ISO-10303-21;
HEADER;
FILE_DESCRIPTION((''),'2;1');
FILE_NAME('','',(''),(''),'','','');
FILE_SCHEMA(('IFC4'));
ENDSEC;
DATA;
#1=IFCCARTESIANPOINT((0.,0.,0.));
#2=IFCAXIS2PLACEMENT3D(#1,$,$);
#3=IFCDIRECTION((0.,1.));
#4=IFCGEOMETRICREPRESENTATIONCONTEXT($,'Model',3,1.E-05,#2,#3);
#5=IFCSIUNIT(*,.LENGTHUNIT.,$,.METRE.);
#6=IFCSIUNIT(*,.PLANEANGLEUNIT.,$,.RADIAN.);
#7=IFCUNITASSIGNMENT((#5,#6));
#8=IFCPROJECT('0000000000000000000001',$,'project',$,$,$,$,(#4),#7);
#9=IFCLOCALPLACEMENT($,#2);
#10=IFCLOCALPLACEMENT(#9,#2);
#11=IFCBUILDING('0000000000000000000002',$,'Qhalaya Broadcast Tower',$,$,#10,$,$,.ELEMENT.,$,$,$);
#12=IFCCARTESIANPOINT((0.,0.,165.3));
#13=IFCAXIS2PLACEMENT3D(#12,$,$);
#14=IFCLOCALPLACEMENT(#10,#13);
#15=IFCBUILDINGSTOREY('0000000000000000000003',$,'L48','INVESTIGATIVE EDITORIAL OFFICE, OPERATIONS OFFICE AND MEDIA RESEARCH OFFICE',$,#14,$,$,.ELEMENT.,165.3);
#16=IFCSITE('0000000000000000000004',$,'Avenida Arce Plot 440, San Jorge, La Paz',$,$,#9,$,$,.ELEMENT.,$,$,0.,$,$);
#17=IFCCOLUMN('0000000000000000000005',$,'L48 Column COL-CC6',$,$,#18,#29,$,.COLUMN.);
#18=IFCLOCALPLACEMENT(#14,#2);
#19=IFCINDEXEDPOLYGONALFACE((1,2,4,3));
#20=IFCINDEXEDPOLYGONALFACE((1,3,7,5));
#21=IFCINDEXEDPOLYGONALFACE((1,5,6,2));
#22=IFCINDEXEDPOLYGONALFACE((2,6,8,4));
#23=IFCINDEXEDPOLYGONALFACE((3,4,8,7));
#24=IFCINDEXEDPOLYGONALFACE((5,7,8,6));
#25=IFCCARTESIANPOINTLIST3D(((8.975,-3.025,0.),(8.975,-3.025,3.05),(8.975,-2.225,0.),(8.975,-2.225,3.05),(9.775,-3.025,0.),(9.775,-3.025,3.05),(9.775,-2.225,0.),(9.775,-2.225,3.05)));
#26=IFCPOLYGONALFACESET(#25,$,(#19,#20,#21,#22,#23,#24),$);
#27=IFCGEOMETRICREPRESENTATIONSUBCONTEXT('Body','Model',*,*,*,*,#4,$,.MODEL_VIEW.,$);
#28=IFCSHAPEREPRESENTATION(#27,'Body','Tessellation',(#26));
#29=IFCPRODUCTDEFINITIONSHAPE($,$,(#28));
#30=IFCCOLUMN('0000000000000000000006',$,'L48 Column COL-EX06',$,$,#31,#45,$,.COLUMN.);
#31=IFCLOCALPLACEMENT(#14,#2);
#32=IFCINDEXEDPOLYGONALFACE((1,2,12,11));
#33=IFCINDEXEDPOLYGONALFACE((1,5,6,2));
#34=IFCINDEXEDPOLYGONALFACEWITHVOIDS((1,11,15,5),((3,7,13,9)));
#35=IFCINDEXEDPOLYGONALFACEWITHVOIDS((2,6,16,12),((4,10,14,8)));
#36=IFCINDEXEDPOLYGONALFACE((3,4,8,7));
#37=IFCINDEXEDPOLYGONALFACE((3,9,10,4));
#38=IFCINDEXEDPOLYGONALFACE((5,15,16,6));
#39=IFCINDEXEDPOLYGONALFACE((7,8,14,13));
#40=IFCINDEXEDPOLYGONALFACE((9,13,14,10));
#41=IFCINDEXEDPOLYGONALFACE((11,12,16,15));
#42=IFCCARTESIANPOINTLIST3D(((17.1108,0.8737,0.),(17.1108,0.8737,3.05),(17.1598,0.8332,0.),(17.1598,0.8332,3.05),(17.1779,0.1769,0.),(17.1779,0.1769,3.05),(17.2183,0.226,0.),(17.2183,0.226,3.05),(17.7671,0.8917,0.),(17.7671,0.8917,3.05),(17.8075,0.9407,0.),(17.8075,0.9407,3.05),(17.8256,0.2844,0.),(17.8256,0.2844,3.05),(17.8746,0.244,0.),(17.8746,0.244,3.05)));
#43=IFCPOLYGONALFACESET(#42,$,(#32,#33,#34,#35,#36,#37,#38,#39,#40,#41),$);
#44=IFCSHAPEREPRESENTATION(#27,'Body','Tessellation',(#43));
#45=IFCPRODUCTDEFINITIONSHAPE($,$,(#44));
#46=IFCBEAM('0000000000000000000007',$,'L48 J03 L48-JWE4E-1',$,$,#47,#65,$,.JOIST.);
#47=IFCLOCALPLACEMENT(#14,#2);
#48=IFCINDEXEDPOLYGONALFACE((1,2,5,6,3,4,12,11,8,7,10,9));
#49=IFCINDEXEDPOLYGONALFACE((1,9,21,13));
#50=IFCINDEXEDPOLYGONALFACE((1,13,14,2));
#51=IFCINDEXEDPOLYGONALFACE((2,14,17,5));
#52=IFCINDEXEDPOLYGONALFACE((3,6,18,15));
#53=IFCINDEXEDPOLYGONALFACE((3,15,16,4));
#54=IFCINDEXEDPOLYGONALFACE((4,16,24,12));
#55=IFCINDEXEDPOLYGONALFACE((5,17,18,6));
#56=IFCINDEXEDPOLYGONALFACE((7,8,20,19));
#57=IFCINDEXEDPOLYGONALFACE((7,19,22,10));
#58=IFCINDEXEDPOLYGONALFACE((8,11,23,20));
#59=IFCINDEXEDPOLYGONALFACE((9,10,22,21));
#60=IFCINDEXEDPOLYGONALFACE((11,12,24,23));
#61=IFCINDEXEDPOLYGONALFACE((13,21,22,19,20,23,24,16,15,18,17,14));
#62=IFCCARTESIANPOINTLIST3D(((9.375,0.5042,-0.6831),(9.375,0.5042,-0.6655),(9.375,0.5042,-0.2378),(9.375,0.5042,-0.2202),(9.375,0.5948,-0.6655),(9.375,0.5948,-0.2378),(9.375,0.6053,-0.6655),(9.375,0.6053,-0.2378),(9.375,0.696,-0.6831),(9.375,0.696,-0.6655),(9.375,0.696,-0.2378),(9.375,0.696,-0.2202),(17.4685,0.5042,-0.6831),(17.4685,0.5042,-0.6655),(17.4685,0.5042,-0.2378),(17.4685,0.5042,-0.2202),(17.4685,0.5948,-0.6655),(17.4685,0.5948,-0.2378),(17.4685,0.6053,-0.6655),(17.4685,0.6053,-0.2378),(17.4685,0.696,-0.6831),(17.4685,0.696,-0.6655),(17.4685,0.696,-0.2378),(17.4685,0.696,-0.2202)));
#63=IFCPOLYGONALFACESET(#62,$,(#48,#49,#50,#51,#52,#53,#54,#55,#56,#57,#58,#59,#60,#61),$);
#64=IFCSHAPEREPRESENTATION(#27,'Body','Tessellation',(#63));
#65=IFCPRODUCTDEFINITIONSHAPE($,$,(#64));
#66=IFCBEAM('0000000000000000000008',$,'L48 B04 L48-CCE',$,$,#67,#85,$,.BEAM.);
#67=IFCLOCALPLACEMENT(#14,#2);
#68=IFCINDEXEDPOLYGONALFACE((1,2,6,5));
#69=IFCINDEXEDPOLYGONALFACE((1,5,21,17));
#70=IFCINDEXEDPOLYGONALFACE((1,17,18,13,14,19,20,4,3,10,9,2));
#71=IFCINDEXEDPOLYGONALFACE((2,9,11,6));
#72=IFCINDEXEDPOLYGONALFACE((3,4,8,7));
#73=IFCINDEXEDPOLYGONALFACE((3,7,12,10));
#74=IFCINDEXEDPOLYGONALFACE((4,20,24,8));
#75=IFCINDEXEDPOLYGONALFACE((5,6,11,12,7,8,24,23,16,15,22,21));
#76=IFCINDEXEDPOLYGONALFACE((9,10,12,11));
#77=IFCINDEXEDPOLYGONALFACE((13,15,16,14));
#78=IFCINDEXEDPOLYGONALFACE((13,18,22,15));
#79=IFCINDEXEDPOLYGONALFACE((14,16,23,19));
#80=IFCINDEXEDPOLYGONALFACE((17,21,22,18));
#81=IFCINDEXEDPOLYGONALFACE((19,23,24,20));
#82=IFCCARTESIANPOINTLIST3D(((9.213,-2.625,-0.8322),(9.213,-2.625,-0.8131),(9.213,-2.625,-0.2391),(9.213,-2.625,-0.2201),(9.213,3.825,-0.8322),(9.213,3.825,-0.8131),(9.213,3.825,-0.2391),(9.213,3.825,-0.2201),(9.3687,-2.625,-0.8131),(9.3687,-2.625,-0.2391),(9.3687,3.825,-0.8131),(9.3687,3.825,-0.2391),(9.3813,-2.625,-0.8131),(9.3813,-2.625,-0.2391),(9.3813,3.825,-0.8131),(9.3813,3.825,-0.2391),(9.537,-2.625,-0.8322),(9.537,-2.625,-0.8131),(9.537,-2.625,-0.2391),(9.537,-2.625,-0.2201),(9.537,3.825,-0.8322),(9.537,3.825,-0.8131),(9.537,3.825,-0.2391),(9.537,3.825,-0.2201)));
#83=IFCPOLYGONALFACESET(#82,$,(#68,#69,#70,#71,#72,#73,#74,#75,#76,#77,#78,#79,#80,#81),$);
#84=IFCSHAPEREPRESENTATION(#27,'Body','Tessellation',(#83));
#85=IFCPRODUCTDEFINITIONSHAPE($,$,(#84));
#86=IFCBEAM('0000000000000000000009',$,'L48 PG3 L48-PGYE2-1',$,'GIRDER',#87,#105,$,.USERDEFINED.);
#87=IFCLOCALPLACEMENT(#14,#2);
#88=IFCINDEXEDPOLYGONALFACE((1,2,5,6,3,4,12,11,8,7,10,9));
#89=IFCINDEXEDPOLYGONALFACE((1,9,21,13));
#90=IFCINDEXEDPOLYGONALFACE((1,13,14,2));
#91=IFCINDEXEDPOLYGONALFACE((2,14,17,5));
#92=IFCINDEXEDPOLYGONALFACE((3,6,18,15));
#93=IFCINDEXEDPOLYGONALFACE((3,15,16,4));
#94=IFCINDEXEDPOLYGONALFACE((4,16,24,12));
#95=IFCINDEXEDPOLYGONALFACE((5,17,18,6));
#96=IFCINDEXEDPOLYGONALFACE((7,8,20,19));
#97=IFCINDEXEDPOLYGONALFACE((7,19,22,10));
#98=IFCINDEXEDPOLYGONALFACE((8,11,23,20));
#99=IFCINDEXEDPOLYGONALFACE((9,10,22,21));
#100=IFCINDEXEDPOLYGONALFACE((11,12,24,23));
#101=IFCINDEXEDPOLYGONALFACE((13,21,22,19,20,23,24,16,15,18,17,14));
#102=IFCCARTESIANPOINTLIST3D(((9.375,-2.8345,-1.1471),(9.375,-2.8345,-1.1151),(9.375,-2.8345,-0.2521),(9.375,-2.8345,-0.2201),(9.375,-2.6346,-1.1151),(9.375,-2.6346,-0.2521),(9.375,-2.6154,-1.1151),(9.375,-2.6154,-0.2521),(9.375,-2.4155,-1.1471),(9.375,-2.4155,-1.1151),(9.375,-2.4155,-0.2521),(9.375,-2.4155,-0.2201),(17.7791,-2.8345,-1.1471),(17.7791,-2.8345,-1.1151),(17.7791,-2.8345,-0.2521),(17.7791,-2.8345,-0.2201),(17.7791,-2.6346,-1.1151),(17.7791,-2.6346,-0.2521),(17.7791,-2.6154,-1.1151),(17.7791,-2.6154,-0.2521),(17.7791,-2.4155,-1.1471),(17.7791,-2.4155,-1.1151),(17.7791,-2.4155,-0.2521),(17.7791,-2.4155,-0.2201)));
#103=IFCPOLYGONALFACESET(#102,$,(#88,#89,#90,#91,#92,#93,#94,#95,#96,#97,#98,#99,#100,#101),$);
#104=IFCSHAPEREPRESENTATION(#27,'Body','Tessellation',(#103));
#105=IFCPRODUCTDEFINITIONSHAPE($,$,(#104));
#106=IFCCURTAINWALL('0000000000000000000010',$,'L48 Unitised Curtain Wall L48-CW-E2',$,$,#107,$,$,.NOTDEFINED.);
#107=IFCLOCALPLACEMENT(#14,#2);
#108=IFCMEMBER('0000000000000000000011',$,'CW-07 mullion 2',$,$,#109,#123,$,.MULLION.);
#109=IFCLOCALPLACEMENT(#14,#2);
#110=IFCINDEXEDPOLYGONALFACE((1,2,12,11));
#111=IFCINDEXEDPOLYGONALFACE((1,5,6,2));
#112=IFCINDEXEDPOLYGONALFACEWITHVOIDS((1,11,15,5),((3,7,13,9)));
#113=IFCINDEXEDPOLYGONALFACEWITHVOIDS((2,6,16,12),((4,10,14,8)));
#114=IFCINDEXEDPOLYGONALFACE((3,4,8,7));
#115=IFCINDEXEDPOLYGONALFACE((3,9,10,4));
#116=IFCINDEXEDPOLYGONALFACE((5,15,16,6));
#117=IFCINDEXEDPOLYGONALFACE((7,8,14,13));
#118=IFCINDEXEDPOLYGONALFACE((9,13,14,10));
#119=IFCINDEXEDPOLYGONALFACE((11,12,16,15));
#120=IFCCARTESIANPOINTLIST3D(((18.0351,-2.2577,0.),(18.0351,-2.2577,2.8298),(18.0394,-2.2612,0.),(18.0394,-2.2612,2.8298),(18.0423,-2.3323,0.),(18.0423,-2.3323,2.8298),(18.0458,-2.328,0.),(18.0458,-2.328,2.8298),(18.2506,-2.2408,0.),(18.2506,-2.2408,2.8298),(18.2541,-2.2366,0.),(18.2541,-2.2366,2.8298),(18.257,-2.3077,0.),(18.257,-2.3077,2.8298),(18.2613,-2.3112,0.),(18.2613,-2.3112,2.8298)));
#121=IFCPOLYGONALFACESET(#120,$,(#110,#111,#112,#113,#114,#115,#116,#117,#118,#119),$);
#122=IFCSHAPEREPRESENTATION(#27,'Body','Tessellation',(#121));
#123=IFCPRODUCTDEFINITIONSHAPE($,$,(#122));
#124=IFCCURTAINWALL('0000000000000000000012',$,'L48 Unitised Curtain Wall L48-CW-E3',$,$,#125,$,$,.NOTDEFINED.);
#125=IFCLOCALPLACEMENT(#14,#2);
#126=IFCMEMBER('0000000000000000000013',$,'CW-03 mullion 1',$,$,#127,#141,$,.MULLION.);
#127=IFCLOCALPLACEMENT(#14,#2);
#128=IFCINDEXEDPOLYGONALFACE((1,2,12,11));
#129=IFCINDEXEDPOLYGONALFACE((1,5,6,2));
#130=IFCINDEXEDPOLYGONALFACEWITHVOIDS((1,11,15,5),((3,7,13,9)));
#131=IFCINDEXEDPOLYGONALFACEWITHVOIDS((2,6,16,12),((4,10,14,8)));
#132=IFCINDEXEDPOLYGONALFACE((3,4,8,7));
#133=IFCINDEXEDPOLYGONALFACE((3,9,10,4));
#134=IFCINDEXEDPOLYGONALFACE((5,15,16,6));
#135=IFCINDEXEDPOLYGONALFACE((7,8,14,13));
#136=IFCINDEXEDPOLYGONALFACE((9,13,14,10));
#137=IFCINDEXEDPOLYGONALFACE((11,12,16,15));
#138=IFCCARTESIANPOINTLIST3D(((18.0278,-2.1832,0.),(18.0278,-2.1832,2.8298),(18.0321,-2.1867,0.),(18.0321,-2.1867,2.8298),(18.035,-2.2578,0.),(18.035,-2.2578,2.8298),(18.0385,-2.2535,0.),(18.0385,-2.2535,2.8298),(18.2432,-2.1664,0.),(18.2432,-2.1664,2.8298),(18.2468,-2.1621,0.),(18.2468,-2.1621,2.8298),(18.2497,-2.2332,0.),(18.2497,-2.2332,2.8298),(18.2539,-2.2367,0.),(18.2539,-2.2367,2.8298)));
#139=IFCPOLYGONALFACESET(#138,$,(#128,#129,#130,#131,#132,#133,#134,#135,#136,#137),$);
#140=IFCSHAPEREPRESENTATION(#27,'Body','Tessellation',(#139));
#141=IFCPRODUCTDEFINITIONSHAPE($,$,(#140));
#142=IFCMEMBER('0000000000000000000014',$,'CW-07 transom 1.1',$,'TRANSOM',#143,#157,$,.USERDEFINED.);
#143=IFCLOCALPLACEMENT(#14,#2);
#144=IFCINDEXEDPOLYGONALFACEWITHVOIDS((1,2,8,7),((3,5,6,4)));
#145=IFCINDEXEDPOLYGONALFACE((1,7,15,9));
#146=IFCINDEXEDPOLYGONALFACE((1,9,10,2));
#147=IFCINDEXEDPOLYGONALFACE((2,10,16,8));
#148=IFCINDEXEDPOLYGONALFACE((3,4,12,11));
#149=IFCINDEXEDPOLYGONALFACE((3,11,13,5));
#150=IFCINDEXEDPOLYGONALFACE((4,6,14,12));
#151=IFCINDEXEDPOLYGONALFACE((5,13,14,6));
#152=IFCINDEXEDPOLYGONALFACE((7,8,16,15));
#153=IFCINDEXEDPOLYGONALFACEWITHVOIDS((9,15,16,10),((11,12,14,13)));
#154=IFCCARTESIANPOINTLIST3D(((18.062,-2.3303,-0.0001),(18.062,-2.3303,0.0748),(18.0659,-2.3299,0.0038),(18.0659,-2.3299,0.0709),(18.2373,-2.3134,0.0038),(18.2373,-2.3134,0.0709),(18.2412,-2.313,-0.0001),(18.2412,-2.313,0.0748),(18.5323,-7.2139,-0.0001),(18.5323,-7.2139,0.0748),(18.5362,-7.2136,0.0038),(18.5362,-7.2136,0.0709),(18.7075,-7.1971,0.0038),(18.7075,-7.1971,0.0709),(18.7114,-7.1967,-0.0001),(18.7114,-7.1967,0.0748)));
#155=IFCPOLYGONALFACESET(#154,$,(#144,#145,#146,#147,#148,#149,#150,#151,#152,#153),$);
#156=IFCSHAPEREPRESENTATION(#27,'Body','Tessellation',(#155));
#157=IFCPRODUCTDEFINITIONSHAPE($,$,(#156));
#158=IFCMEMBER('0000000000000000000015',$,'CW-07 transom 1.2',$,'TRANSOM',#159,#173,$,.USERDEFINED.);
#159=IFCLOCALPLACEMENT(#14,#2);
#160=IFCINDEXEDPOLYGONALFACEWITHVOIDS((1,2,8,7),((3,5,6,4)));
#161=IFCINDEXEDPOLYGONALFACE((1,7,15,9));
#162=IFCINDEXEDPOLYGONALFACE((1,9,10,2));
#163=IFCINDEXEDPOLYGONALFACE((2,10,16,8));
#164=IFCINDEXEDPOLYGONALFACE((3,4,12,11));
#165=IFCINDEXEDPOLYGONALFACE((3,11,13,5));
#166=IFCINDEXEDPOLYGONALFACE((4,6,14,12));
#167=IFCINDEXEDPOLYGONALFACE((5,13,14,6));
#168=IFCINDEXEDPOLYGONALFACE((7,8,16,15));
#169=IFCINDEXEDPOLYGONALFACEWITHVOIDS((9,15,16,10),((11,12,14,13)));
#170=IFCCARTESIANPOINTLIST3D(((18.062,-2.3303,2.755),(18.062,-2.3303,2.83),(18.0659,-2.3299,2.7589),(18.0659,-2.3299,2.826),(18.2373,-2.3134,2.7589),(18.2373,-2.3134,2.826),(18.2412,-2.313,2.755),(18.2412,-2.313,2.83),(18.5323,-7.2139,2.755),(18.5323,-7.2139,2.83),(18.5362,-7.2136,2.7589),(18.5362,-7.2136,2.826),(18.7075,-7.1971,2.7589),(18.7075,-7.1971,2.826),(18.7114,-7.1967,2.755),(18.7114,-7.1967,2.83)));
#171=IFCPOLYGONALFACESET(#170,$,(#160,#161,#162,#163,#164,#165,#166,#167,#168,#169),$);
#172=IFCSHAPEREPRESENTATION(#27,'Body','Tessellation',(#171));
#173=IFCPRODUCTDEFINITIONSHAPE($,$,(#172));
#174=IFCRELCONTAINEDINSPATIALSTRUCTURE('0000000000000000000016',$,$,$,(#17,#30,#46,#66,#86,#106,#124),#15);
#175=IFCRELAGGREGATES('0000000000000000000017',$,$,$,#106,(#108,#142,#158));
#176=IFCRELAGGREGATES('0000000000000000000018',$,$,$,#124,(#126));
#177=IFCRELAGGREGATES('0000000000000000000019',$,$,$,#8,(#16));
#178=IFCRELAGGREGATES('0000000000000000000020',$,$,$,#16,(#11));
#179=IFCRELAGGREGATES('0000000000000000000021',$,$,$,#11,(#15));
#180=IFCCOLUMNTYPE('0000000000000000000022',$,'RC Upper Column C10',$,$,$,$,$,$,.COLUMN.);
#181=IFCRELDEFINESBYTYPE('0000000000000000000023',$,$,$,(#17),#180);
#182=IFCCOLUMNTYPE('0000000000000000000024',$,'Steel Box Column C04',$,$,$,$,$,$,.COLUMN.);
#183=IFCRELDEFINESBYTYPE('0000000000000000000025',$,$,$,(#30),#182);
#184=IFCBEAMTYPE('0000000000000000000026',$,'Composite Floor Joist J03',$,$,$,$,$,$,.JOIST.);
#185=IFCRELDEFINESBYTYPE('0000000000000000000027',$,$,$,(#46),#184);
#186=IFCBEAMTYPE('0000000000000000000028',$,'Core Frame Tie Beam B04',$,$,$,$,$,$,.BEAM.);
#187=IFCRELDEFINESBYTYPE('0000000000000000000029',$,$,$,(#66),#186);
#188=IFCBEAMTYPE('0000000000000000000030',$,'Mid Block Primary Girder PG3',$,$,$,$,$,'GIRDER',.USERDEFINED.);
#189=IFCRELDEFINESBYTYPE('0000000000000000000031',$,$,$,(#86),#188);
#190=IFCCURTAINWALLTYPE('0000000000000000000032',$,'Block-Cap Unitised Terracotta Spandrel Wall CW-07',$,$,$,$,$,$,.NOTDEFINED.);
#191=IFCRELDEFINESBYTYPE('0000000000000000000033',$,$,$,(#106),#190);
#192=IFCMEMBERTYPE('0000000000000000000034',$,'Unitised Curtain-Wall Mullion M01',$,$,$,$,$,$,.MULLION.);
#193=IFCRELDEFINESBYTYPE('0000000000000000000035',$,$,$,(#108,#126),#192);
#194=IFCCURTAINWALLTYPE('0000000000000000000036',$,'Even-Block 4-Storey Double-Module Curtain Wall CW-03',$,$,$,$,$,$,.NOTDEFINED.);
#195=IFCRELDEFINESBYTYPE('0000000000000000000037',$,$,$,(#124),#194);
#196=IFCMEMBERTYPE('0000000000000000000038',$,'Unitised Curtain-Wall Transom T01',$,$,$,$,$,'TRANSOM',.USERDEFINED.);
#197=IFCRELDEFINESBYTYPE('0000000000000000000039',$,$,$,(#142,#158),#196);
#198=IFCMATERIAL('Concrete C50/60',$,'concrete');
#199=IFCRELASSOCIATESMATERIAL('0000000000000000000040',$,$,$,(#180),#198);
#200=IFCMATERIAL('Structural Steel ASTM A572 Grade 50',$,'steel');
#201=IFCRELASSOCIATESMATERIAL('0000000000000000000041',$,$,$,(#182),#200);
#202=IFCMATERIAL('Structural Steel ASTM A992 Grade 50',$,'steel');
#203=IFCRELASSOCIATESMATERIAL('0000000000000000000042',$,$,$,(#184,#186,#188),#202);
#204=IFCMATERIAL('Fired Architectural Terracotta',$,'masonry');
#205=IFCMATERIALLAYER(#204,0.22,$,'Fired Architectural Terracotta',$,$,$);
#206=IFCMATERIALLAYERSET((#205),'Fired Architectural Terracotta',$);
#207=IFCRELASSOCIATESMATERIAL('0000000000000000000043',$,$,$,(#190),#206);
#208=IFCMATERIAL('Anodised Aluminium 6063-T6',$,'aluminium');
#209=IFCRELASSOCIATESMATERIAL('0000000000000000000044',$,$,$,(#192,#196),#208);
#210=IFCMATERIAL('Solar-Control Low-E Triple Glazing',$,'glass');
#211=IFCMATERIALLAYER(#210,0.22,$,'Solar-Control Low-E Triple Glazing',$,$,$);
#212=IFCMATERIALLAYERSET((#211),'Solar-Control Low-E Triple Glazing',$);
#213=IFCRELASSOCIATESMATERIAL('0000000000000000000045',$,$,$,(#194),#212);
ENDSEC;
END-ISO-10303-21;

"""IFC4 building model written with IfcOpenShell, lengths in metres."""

from ifc_helpers import new_model, si_unit, direction, frame, origin, origin_2d, place, context, subcontext, project, spatial, rectangle, hollow_rectangle, i_section, extrude, material, layer, layer_set, material_profile, profile_set, type_object, element, aggregate, save


model = new_model("IFC4")

# Units and contexts
model_context = context("Model", 3, precision=1e-05, world=origin(), true_north=direction((0.0, 1.0)))
body_context = subcontext(model_context, "Body", "Model", "MODEL_VIEW")
ifc_project = project(units=[si_unit("LENGTHUNIT", "METRE"), si_unit("PLANEANGLEUNIT", "RADIAN")], contexts=[model_context])

# Site, building, storey
site_placement = place(None, origin())
site = spatial("IfcSite", under=ifc_project, at=site_placement, Name="Avenida Arce Plot 440, San Jorge, La Paz", CompositionType="ELEMENT", RefElevation=0.0)
building_placement = place(site_placement, origin())
building = spatial("IfcBuilding", under=site, at=building_placement, Name="Qhalaya Broadcast Tower", CompositionType="ELEMENT")
storey_placement = place(building_placement, frame((0.0, 0.0, 165.3)))
storey = spatial("IfcBuildingStorey", under=building, at=storey_placement, Name="L48", Description="INVESTIGATIVE EDITORIAL OFFICE, OPERATIONS OFFICE AND MEDIA RESEARCH OFFICE", CompositionType="ELEMENT", Elevation=165.3)

# Columns
ifc_material_1 = material(Name="Concrete C50/60", Category="concrete")
ifc_material_profile_1 = material_profile(ifc_material_1, rectangle(XDim=0.8, YDim=0.8, at=origin_2d()), Name="RC-COL 800x800")
ifc_profile_set_1 = profile_set([ifc_material_profile_1], Name="Concrete C50/60")
column_type_1 = type_object("IfcColumnType", Name="RC Upper Column C10", PredefinedType="COLUMN", material=ifc_profile_set_1)
column_1_placement = place(storey_placement, frame((9.375, -2.625, 0.0), z_axis=(0.0, 0.0, 1.0), x_axis=(1.0, 0.0, 0.0)))
element("IfcColumn", 1, at=column_1_placement, inside=storey, type_object=column_type_1, Name="L48 Column COL-CC6", PredefinedType="COLUMN", context=body_context, shape_type="SweptSolid", body=[
    extrude(rectangle(XDim=0.8, YDim=0.8, at=origin_2d()), origin(), (0.0, 0.0, 1.0), 3.05),
])
ifc_material_2 = material(Name="Structural Steel ASTM A572 Grade 50", Category="steel")
ifc_material_profile_2 = material_profile(ifc_material_2, hollow_rectangle(XDim=0.7, YDim=0.7, WallThickness=0.0449, at=origin_2d()), Name="BOX 700x700x45")
ifc_profile_set_2 = profile_set([ifc_material_profile_2], Name="Structural Steel ASTM A572 Grade 50")
column_type_2 = type_object("IfcColumnType", Name="Steel Box Column C04", PredefinedType="COLUMN", material=ifc_profile_set_2)
column_2_placement = place(storey_placement, frame((17.4927, 0.5588, 0.0), z_axis=(0.0, 0.0, 1.0), x_axis=(-0.095846, 0.995396, 0.0)))
element("IfcColumn", 2, at=column_2_placement, inside=storey, type_object=column_type_2, Name="L48 Column COL-EX06", PredefinedType="COLUMN", context=body_context, shape_type="SweptSolid", body=[
    extrude(hollow_rectangle(XDim=0.7, YDim=0.7, WallThickness=0.0449, at=origin_2d()), origin(), (0.0, 0.0, 1.0), 3.05),
])

# Beams
ifc_material_3 = material(Name="Structural Steel ASTM A992 Grade 50", Category="steel")
ifc_material_profile_3 = material_profile(ifc_material_3, i_section(OverallWidth=0.1919, OverallDepth=0.4629, WebThickness=0.0105, FlangeThickness=0.0176, at=origin_2d()), Name="W18X60")
ifc_profile_set_3 = profile_set([ifc_material_profile_3], Name="Structural Steel ASTM A992 Grade 50")
beam_type_1 = type_object("IfcBeamType", Name="Composite Floor Joist J03", PredefinedType="JOIST", material=ifc_profile_set_3)
beam_1_placement = place(storey_placement, frame((9.375, 0.6001, -0.4517), z_axis=(1.0, 0.0, 0.0), x_axis=(0.0, 1.0, 0.0)))
element("IfcBeam", 3, at=beam_1_placement, inside=storey, type_object=beam_type_1, Name="L48 J03 L48-JWE4E-1", PredefinedType="JOIST", context=body_context, shape_type="SweptSolid", body=[
    extrude(i_section(OverallWidth=0.1919, OverallDepth=0.4629, WebThickness=0.0105, FlangeThickness=0.0176, at=origin_2d()), origin(), (0.0, 0.0, 1.0), 8.0935),
])
ifc_material_profile_4 = material_profile(ifc_material_3, i_section(OverallWidth=0.324, OverallDepth=0.6121, WebThickness=0.0127, FlangeThickness=0.019, at=origin_2d()), Name="W24X104")
ifc_profile_set_4 = profile_set([ifc_material_profile_4], Name="Structural Steel ASTM A992 Grade 50")
beam_type_2 = type_object("IfcBeamType", Name="Core Frame Tie Beam B04", PredefinedType="BEAM", material=ifc_profile_set_4)
beam_2_placement = place(storey_placement, frame((9.375, -2.625, -0.5261), z_axis=(0.0, 1.0, 0.0), x_axis=(-1.0, 0.0, 0.0)))
element("IfcBeam", 4, at=beam_2_placement, inside=storey, type_object=beam_type_2, Name="L48 B04 L48-CCE", PredefinedType="BEAM", context=body_context, shape_type="SweptSolid", body=[
    extrude(i_section(OverallWidth=0.324, OverallDepth=0.6121, WebThickness=0.0127, FlangeThickness=0.019, at=origin_2d()), origin(), (0.0, 0.0, 1.0), 6.45),
])
ifc_material_profile_5 = material_profile(ifc_material_3, i_section(OverallWidth=0.4189, OverallDepth=0.927, WebThickness=0.0193, FlangeThickness=0.032, at=origin_2d()), Name="W36X231")
ifc_profile_set_5 = profile_set([ifc_material_profile_5], Name="Structural Steel ASTM A992 Grade 50")
beam_type_3 = type_object("IfcBeamType", Name="Mid Block Primary Girder PG3", ElementType="GIRDER", PredefinedType="USERDEFINED", material=ifc_profile_set_5)
beam_3_placement = place(storey_placement, frame((9.375, -2.625, -0.6836), z_axis=(1.0, 0.0, 0.0), x_axis=(0.0, 1.0, 0.0)))
element("IfcBeam", 5, at=beam_3_placement, inside=storey, type_object=beam_type_3, Name="L48 PG3 L48-PGYE2-1", ObjectType="GIRDER", PredefinedType="USERDEFINED", context=body_context, shape_type="SweptSolid", body=[
    extrude(i_section(OverallWidth=0.4189, OverallDepth=0.927, WebThickness=0.0193, FlangeThickness=0.032, at=origin_2d()), origin(), (0.0, 0.0, 1.0), 8.4041),
])

# Curtain walls, members
ifc_material_4 = material(Name="Fired Architectural Terracotta", Category="masonry")
ifc_layer_1 = layer(ifc_material_4, 0.22, Name="Fired Architectural Terracotta")
ifc_layer_set_1 = layer_set([ifc_layer_1], Name="Fired Architectural Terracotta")
curtain_wall_type_1 = type_object("IfcCurtainWallType", Name="Block-Cap Unitised Terracotta Spandrel Wall CW-07", PredefinedType="NOTDEFINED", material=ifc_layer_set_1)
curtain_wall_1_placement = place(storey_placement, origin())
curtain_wall_1 = element("IfcCurtainWall", 6, at=curtain_wall_1_placement, inside=storey, type_object=curtain_wall_type_1, Name="L48 Unitised Curtain Wall L48-CW-E2", PredefinedType="NOTDEFINED")
ifc_material_5 = material(Name="Anodised Aluminium 6063-T6", Category="aluminium")
ifc_material_profile_6 = material_profile(ifc_material_5, hollow_rectangle(XDim=0.075, YDim=0.22, WallThickness=0.0039, at=origin_2d()), Name="ALU-MUL 75x220x4")
ifc_profile_set_6 = profile_set([ifc_material_profile_6], Name="Anodised Aluminium 6063-T6")
member_type_1 = type_object("IfcMemberType", Name="Unitised Curtain-Wall Mullion M01", PredefinedType="MULLION", material=ifc_profile_set_6)
member_1_placement = place(storey_placement, frame((18.1482, -2.2844, 0.0), z_axis=(0.0, 0.0, 1.0), x_axis=(-0.095845, 0.995396, 0.0)))
member_1 = element("IfcMember", 7, at=member_1_placement, type_object=member_type_1, Name="CW-07 mullion 2", PredefinedType="MULLION", context=body_context, shape_type="SweptSolid", body=[
    extrude(hollow_rectangle(XDim=0.075, YDim=0.22, WallThickness=0.0039, at=origin_2d()), origin(), (0.0, 0.0, 1.0), 2.8298),
])
ifc_material_6 = material(Name="Solar-Control Low-E Triple Glazing", Category="glass")
ifc_layer_2 = layer(ifc_material_6, 0.22, Name="Solar-Control Low-E Triple Glazing")
ifc_layer_set_2 = layer_set([ifc_layer_2], Name="Solar-Control Low-E Triple Glazing")
curtain_wall_type_2 = type_object("IfcCurtainWallType", Name="Even-Block 4-Storey Double-Module Curtain Wall CW-03", PredefinedType="NOTDEFINED", material=ifc_layer_set_2)
curtain_wall_2_placement = place(storey_placement, origin())
curtain_wall_2 = element("IfcCurtainWall", 8, at=curtain_wall_2_placement, inside=storey, type_object=curtain_wall_type_2, Name="L48 Unitised Curtain Wall L48-CW-E3", PredefinedType="NOTDEFINED")
member_2_placement = place(storey_placement, frame((18.1409, -2.21, 0.0), z_axis=(0.0, 0.0, 1.0), x_axis=(-0.09584, 0.995397, 0.0)))
member_2 = element("IfcMember", 9, at=member_2_placement, type_object=member_type_1, Name="CW-03 mullion 1", PredefinedType="MULLION", context=body_context, shape_type="SweptSolid", body=[
    extrude(hollow_rectangle(XDim=0.075, YDim=0.22, WallThickness=0.0039, at=origin_2d()), origin(), (0.0, 0.0, 1.0), 2.8298),
])

# Members
ifc_material_profile_7 = material_profile(ifc_material_5, hollow_rectangle(XDim=0.075, YDim=0.1799, WallThickness=0.0039, at=origin_2d()), Name="ALU-TRN 75x180x4")
ifc_profile_set_7 = profile_set([ifc_material_profile_7], Name="Anodised Aluminium 6063-T6")
member_type_2 = type_object("IfcMemberType", Name="Unitised Curtain-Wall Transom T01", ElementType="TRANSOM", PredefinedType="USERDEFINED", material=ifc_profile_set_7)
member_3_placement = place(storey_placement, frame((18.6218, -7.2053, 0.0374), z_axis=(-0.095842, 0.995397, 0.0), x_axis=(0.0, 0.0, 1.0)))
member_3 = element("IfcMember", 10, at=member_3_placement, type_object=member_type_2, Name="CW-07 transom 1.1", ObjectType="TRANSOM", PredefinedType="USERDEFINED", context=body_context, shape_type="SweptSolid", body=[
    extrude(hollow_rectangle(XDim=0.075, YDim=0.1799, WallThickness=0.0039, at=origin_2d()), origin(), (0.0, 0.0, 1.0), 4.9062),
])
member_4_placement = place(storey_placement, frame((18.6218, -7.2053, 2.7925), z_axis=(-0.095842, 0.995397, 0.0), x_axis=(0.0, 0.0, 1.0)))
member_4 = element("IfcMember", 11, at=member_4_placement, type_object=member_type_2, Name="CW-07 transom 1.2", ObjectType="TRANSOM", PredefinedType="USERDEFINED", context=body_context, shape_type="SweptSolid", body=[
    extrude(hollow_rectangle(XDim=0.075, YDim=0.1799, WallThickness=0.0039, at=origin_2d()), origin(), (0.0, 0.0, 1.0), 4.9062),
])

aggregate(curtain_wall_1, [member_1, member_3, member_4])
aggregate(curtain_wall_2, [member_2])

save(model, "model.ifc")
